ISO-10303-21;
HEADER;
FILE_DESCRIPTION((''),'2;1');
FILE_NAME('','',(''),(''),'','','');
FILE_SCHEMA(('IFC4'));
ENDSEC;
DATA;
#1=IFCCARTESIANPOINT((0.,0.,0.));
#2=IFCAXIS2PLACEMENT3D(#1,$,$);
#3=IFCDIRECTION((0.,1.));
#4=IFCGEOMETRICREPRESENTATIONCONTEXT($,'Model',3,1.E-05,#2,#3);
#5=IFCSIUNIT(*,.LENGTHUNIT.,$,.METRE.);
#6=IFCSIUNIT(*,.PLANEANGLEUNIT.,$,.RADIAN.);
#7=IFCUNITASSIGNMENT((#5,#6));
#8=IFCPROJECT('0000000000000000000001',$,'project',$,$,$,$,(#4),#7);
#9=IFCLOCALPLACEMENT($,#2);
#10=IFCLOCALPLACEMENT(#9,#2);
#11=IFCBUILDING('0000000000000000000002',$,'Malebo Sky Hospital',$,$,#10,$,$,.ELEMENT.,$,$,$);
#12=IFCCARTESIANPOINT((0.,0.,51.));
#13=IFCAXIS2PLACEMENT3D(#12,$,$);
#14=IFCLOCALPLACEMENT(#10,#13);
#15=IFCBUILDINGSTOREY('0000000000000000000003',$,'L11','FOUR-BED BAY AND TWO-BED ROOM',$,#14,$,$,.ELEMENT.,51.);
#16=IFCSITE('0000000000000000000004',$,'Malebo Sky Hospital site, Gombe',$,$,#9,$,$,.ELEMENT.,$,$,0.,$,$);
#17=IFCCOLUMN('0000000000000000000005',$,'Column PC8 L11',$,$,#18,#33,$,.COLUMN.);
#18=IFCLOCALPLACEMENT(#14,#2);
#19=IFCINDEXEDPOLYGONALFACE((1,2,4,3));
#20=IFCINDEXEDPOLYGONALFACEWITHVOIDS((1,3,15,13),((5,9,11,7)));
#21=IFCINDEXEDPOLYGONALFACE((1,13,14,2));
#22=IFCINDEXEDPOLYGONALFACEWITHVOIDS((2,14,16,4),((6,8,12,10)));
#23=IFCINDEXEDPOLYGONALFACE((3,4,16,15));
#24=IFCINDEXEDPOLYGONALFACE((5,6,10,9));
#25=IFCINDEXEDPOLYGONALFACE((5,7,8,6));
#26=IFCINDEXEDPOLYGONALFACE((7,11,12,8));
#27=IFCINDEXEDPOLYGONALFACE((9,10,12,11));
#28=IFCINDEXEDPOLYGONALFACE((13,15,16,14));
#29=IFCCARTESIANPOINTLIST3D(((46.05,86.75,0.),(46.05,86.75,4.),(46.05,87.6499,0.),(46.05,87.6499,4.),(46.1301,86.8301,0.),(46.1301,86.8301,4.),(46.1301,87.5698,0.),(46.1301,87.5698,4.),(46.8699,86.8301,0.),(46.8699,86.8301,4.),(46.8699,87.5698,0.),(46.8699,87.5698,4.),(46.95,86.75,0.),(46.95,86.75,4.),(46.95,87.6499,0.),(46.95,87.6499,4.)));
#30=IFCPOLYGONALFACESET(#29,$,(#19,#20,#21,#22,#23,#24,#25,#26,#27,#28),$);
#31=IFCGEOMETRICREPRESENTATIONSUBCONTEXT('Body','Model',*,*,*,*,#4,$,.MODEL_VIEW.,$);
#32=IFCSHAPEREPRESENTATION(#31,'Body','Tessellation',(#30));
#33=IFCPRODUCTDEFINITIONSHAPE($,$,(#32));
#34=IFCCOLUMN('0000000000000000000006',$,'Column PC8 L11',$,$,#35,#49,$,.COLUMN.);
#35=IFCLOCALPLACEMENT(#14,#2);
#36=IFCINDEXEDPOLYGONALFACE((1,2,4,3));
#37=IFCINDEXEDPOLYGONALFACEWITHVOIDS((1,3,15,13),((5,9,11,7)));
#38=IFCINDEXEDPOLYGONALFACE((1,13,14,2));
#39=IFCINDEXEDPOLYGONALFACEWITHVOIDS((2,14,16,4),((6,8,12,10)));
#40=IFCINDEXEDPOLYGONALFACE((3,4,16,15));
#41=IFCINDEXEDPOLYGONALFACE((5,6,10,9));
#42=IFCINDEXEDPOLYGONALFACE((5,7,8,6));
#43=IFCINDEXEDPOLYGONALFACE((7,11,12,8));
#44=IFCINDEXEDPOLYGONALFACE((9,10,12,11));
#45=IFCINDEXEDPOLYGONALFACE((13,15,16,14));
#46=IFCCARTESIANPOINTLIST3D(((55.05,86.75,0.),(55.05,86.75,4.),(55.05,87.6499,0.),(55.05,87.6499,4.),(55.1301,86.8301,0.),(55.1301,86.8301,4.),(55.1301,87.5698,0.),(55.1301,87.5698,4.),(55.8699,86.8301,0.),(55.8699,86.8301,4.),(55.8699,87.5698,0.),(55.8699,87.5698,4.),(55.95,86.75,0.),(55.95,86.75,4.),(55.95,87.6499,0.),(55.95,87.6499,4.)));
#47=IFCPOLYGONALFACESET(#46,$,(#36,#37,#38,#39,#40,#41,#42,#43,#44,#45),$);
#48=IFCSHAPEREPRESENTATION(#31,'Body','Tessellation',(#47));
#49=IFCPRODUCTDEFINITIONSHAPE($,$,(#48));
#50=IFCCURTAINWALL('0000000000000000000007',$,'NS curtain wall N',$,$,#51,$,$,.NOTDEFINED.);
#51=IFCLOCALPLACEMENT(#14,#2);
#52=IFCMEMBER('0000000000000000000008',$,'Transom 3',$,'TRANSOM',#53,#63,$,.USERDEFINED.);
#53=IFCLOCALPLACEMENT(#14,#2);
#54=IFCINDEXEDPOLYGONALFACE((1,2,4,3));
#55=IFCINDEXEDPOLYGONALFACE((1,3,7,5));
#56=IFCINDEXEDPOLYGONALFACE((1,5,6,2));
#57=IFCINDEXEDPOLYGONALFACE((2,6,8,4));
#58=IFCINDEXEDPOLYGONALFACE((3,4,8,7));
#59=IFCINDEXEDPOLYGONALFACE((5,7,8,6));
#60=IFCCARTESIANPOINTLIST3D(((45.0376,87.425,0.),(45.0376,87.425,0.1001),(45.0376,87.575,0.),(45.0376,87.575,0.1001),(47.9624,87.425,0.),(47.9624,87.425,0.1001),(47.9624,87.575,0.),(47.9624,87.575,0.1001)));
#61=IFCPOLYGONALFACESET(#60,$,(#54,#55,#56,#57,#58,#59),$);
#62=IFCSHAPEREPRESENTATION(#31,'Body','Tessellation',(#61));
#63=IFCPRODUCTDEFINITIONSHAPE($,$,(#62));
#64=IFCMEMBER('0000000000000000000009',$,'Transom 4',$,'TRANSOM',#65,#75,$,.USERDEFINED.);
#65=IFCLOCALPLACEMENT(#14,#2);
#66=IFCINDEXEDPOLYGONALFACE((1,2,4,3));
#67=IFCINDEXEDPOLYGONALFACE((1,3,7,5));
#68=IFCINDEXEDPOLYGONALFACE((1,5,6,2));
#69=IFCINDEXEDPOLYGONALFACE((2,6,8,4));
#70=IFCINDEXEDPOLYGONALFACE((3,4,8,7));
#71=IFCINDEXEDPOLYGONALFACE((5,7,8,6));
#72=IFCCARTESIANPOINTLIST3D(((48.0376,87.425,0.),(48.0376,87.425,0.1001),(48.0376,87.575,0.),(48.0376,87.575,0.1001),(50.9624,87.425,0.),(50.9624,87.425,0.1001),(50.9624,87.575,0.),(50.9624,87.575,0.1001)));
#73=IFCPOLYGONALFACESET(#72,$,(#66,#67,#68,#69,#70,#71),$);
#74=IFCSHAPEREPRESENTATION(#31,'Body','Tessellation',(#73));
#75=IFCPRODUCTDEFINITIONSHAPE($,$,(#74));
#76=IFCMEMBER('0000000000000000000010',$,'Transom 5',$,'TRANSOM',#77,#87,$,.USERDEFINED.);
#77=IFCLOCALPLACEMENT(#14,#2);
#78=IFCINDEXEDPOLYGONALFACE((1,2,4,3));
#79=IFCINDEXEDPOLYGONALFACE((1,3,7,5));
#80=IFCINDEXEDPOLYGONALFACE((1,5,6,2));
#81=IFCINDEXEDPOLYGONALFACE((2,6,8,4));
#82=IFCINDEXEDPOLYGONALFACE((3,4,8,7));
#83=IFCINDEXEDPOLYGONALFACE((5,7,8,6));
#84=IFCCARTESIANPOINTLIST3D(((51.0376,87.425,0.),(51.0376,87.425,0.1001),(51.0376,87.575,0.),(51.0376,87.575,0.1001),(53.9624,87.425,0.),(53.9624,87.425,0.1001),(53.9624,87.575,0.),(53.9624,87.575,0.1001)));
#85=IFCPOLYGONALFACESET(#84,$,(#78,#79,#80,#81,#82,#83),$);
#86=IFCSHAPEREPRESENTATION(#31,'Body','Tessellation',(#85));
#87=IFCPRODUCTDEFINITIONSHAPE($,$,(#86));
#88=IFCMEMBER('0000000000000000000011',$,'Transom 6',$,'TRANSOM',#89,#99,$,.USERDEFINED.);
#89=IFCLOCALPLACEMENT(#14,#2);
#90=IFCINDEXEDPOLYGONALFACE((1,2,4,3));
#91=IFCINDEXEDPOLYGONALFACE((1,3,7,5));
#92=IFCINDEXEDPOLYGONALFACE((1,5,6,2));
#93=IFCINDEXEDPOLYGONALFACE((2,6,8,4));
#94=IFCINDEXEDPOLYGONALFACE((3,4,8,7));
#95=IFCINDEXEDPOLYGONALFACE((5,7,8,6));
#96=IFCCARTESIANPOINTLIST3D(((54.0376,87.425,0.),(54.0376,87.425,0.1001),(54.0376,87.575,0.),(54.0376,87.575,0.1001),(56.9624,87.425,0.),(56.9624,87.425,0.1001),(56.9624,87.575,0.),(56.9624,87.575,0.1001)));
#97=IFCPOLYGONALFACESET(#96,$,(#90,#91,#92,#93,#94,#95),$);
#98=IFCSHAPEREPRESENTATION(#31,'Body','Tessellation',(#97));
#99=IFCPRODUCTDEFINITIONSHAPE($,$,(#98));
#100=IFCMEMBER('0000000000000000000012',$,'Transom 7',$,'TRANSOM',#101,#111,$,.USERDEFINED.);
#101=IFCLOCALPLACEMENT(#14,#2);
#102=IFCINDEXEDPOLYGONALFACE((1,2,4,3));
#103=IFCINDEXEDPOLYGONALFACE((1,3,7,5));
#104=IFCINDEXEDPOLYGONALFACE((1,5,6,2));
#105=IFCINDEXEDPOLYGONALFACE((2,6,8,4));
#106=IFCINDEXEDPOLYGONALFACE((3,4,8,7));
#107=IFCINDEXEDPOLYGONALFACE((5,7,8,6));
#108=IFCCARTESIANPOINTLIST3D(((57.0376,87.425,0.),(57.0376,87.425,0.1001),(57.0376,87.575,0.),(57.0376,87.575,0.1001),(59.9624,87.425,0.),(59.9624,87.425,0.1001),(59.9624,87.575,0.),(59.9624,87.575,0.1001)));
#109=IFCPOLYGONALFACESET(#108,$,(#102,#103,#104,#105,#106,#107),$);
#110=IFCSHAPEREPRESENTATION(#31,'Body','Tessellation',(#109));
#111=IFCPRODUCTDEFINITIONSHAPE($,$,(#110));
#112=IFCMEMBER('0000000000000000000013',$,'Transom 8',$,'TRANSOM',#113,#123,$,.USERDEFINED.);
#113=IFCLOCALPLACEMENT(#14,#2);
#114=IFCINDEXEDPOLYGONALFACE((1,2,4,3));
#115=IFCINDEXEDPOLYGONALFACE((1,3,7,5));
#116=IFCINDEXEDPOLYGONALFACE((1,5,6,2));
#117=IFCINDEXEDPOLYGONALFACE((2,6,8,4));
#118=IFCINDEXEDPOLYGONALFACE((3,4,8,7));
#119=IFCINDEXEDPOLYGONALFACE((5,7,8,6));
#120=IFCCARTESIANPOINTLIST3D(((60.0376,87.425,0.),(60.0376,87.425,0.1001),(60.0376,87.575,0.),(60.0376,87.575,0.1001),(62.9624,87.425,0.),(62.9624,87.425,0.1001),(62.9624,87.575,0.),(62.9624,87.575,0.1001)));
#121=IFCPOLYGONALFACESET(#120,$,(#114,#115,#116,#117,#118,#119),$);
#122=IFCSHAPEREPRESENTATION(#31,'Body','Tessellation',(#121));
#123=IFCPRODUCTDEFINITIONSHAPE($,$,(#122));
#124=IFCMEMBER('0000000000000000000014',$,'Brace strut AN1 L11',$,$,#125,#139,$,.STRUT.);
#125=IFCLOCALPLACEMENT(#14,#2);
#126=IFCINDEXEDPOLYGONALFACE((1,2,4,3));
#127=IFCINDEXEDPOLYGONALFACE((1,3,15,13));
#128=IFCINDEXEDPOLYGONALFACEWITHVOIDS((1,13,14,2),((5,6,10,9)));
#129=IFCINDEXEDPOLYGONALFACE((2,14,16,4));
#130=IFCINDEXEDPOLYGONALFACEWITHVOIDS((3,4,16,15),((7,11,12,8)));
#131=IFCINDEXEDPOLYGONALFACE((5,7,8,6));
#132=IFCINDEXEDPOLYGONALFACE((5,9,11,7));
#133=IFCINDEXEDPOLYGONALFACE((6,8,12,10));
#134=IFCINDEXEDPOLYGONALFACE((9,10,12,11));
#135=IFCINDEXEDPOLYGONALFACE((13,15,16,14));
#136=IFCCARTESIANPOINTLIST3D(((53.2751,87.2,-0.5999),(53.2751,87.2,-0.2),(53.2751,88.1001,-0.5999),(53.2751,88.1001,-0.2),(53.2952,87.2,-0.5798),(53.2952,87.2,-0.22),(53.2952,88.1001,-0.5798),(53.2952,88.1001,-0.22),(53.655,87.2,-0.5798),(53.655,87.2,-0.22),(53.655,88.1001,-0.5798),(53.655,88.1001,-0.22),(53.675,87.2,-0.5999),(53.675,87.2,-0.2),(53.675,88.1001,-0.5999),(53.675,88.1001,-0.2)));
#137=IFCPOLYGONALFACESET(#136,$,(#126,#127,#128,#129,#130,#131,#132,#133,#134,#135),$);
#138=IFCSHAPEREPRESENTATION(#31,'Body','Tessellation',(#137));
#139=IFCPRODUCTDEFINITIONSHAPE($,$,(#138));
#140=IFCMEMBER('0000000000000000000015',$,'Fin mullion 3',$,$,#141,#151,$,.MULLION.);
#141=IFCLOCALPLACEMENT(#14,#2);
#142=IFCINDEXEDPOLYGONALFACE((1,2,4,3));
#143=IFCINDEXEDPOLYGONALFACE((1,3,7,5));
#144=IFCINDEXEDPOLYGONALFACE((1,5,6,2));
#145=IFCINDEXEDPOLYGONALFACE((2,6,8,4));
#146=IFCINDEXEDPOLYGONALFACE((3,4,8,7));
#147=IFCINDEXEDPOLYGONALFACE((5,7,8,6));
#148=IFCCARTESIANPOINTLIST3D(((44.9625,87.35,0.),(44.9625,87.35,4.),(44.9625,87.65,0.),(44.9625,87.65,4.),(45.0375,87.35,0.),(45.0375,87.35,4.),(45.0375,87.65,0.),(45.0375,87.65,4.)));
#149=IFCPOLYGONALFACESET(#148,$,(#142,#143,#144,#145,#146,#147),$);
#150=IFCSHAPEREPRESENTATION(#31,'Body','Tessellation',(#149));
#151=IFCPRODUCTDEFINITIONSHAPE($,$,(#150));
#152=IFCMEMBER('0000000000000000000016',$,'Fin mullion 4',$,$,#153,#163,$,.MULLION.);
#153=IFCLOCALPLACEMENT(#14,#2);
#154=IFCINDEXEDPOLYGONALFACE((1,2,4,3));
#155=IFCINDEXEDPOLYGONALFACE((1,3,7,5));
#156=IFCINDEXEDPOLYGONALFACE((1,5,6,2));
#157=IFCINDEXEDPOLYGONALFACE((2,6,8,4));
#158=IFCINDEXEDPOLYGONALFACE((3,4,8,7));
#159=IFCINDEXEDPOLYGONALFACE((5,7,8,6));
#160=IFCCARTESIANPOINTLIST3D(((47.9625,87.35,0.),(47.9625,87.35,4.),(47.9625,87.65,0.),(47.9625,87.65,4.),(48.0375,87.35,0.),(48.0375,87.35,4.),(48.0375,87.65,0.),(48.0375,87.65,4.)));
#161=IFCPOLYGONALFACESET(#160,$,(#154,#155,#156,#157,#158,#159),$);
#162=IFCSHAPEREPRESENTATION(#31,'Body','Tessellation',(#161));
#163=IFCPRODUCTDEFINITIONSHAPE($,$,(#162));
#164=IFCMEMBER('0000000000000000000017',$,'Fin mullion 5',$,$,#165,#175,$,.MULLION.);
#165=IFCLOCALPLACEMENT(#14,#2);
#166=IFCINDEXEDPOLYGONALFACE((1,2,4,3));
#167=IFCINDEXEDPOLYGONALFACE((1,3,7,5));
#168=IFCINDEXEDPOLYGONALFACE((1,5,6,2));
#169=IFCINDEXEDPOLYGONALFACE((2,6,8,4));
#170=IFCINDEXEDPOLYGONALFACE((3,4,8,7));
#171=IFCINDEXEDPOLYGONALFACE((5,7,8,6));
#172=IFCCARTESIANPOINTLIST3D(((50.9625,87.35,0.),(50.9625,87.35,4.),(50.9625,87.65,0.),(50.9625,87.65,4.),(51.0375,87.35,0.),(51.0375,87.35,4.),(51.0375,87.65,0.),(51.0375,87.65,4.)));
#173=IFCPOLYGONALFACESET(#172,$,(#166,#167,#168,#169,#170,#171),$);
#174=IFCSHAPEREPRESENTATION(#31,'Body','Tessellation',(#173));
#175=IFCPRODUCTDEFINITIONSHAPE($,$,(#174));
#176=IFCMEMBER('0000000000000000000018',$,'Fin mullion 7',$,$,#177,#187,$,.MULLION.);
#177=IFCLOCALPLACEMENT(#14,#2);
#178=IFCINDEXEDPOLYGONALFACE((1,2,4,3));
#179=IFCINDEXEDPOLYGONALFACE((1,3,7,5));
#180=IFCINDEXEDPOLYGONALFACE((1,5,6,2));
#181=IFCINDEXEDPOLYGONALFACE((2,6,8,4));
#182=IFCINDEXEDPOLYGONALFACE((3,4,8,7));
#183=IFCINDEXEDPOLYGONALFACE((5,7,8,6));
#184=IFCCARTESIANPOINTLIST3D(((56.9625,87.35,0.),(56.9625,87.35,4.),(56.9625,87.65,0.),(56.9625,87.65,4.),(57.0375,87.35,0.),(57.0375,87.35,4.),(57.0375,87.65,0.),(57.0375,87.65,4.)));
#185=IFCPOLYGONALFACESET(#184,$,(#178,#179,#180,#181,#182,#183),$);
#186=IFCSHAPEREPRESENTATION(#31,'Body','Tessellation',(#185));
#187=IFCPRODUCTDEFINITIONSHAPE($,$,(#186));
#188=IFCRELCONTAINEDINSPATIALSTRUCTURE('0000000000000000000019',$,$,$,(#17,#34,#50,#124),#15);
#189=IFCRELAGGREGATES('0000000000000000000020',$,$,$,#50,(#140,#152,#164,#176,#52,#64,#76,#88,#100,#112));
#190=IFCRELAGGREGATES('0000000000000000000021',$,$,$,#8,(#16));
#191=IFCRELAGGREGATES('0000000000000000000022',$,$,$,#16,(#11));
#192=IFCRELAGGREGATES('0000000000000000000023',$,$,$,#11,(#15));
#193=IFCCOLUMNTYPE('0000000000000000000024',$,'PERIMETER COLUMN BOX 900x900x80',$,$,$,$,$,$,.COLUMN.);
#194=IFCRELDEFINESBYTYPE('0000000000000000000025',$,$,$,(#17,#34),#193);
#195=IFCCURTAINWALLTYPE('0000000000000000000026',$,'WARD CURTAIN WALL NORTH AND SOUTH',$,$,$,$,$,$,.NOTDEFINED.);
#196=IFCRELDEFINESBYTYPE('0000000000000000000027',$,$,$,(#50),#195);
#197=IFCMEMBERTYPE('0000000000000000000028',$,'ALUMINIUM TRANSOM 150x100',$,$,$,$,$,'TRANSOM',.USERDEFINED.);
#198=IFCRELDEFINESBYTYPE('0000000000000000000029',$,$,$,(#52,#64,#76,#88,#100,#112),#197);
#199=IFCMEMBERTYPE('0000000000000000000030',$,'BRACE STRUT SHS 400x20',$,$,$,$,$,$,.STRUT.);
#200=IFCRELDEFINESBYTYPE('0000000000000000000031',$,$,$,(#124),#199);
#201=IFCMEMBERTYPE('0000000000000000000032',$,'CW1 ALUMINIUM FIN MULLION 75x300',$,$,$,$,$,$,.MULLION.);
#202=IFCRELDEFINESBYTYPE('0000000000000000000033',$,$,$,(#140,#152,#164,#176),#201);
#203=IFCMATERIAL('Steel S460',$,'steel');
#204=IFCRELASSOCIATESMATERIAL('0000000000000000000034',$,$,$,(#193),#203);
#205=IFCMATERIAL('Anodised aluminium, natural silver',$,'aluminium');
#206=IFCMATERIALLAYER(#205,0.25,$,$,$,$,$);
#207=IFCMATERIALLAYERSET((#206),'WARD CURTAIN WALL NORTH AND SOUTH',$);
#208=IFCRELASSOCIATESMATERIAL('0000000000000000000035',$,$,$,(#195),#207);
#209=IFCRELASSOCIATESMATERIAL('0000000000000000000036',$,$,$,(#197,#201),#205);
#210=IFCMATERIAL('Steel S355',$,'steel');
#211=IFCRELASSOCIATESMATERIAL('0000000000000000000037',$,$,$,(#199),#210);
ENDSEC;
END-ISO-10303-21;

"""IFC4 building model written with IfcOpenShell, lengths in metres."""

from ifc_helpers import new_model, si_unit, direction, frame, origin, origin_2d, place, context, subcontext, project, spatial, rectangle, hollow_rectangle, extrude, material, layer, layer_set, material_profile, profile_set, type_object, element, aggregate, save


model = new_model("IFC4")

# Units and contexts
model_context = context("Model", 3, precision=1e-05, world=origin(), true_north=direction((0.0, 1.0)))
body_context = subcontext(model_context, "Body", "Model", "MODEL_VIEW")
ifc_project = project(units=[si_unit("LENGTHUNIT", "METRE"), si_unit("PLANEANGLEUNIT", "RADIAN")], contexts=[model_context])

# Site, building, storey
site_placement = place(None, origin())
site = spatial("IfcSite", under=ifc_project, at=site_placement, Name="Malebo Sky Hospital site, Gombe", CompositionType="ELEMENT", RefElevation=0.0)
building_placement = place(site_placement, origin())
building = spatial("IfcBuilding", under=site, at=building_placement, Name="Malebo Sky Hospital", CompositionType="ELEMENT")
storey_placement = place(building_placement, frame((0.0, 0.0, 51.0)))
storey = spatial("IfcBuildingStorey", under=building, at=storey_placement, Name="L11", Description="FOUR-BED BAY AND TWO-BED ROOM", CompositionType="ELEMENT", Elevation=51.0)

# Columns
ifc_material_1 = material(Name="Steel S460", Category="steel")
ifc_material_profile_1 = material_profile(ifc_material_1, hollow_rectangle(XDim=0.8999, YDim=0.8999, WallThickness=0.0801, at=origin_2d()), Name="BOX 900x900x80")
ifc_profile_set_1 = profile_set([ifc_material_profile_1], Name="Steel S460")
column_type = type_object("IfcColumnType", Name="PERIMETER COLUMN BOX 900x900x80", PredefinedType="COLUMN", material=ifc_profile_set_1)
for number, where, z_axis, x_axis, name in (
    (1, (46.5, 87.2, 0.0), (0.0, 0.0, 1.0), (1.0, 0.0, 0.0), "Column PC8 L11"),
    (2, (55.5, 87.2, 0.0), (0.0, 0.0, 1.0), (1.0, 0.0, 0.0), "Column PC8 L11"),
):
    element("IfcColumn", number, at=place(storey_placement, frame(where, z_axis=z_axis, x_axis=x_axis)), inside=storey, type_object=column_type, Name=name, PredefinedType="COLUMN", context=body_context, shape_type="SweptSolid", body=[
        extrude(hollow_rectangle(XDim=0.8999, YDim=0.8999, WallThickness=0.0801, at=origin_2d()), origin(), (0.0, 0.0, 1.0), 4.0),
    ])

# Curtain wall, members
ifc_material_2 = material(Name="Anodised aluminium, natural silver", Category="aluminium")
ifc_layer_1 = layer(ifc_material_2, 0.25)
ifc_layer_set_1 = layer_set([ifc_layer_1], Name="WARD CURTAIN WALL NORTH AND SOUTH")
curtain_wall_type = type_object("IfcCurtainWallType", Name="WARD CURTAIN WALL NORTH AND SOUTH", PredefinedType="NOTDEFINED", material=ifc_layer_set_1)
curtain_wall_placement = place(storey_placement, origin())
curtain_wall = element("IfcCurtainWall", 3, at=curtain_wall_placement, inside=storey, type_object=curtain_wall_type, Name="NS curtain wall N", PredefinedType="NOTDEFINED")
ifc_material_profile_2 = material_profile(ifc_material_2, rectangle(XDim=0.1499, YDim=0.1001, at=origin_2d()), Name="ALUMINIUM TRANSOM 150x100")
ifc_profile_set_2 = profile_set([ifc_material_profile_2], Name="Anodised aluminium, natural silver")
member_type_1 = type_object("IfcMemberType", Name="ALUMINIUM TRANSOM 150x100", ElementType="TRANSOM", PredefinedType="USERDEFINED", material=ifc_profile_set_2)
member_1_placement = place(storey_placement, frame((45.0376, 87.5, 0.05), z_axis=(1.0, 0.0, 0.0), x_axis=(0.0, 1.0, 0.0)))
member_1 = element("IfcMember", 4, at=member_1_placement, type_object=member_type_1, Name="Transom 3", ObjectType="TRANSOM", PredefinedType="USERDEFINED", context=body_context, shape_type="SweptSolid", body=[
    extrude(rectangle(XDim=0.1499, YDim=0.1001, at=origin_2d()), origin(), (0.0, 0.0, 1.0), 2.9248),
])
member_2_placement = place(storey_placement, frame((48.0376, 87.5, 0.05), z_axis=(1.0, 0.0, 0.0), x_axis=(0.0, 1.0, 0.0)))
member_2 = element("IfcMember", 5, at=member_2_placement, type_object=member_type_1, Name="Transom 4", ObjectType="TRANSOM", PredefinedType="USERDEFINED", context=body_context, shape_type="SweptSolid", body=[
    extrude(rectangle(XDim=0.1499, YDim=0.1001, at=origin_2d()), origin(), (0.0, 0.0, 1.0), 2.9248),
])
member_3_placement = place(storey_placement, frame((51.0376, 87.5, 0.05), z_axis=(1.0, 0.0, 0.0), x_axis=(0.0, 1.0, 0.0)))
member_3 = element("IfcMember", 6, at=member_3_placement, type_object=member_type_1, Name="Transom 5", ObjectType="TRANSOM", PredefinedType="USERDEFINED", context=body_context, shape_type="SweptSolid", body=[
    extrude(rectangle(XDim=0.1499, YDim=0.1001, at=origin_2d()), origin(), (0.0, 0.0, 1.0), 2.9248),
])
member_4_placement = place(storey_placement, frame((54.0376, 87.5, 0.05), z_axis=(1.0, 0.0, 0.0), x_axis=(0.0, 1.0, 0.0)))
member_4 = element("IfcMember", 7, at=member_4_placement, type_object=member_type_1, Name="Transom 6", ObjectType="TRANSOM", PredefinedType="USERDEFINED", context=body_context, shape_type="SweptSolid", body=[
    extrude(rectangle(XDim=0.1499, YDim=0.1001, at=origin_2d()), origin(), (0.0, 0.0, 1.0), 2.9248),
])
member_5_placement = place(storey_placement, frame((57.0376, 87.5, 0.05), z_axis=(1.0, 0.0, 0.0), x_axis=(0.0, 1.0, 0.0)))
member_5 = element("IfcMember", 8, at=member_5_placement, type_object=member_type_1, Name="Transom 7", ObjectType="TRANSOM", PredefinedType="USERDEFINED", context=body_context, shape_type="SweptSolid", body=[
    extrude(rectangle(XDim=0.1499, YDim=0.1001, at=origin_2d()), origin(), (0.0, 0.0, 1.0), 2.9248),
])
member_6_placement = place(storey_placement, frame((60.0376, 87.5, 0.05), z_axis=(1.0, 0.0, 0.0), x_axis=(0.0, 1.0, 0.0)))
member_6 = element("IfcMember", 9, at=member_6_placement, type_object=member_type_1, Name="Transom 8", ObjectType="TRANSOM", PredefinedType="USERDEFINED", context=body_context, shape_type="SweptSolid", body=[
    extrude(rectangle(XDim=0.1499, YDim=0.1001, at=origin_2d()), origin(), (0.0, 0.0, 1.0), 2.9248),
])

# Members
ifc_material_3 = material(Name="Steel S355", Category="steel")
ifc_material_profile_3 = material_profile(ifc_material_3, hollow_rectangle(XDim=0.3999, YDim=0.3999, WallThickness=0.02, at=origin_2d()), Name="SHS 400x20")
ifc_profile_set_3 = profile_set([ifc_material_profile_3], Name="Steel S355")
member_type_2 = type_object("IfcMemberType", Name="BRACE STRUT SHS 400x20", PredefinedType="STRUT", material=ifc_profile_set_3)
member_7_placement = place(storey_placement, frame((53.4751, 88.1001, -0.3999), z_axis=(0.0, -1.0, 0.0), x_axis=(1.0, 0.0, 0.0)))
element("IfcMember", 10, at=member_7_placement, inside=storey, type_object=member_type_2, Name="Brace strut AN1 L11", PredefinedType="STRUT", context=body_context, shape_type="SweptSolid", body=[
    extrude(hollow_rectangle(XDim=0.3999, YDim=0.3999, WallThickness=0.02, at=origin_2d()), origin(), (0.0, 0.0, 1.0), 0.9001),
])
ifc_material_profile_4 = material_profile(ifc_material_2, rectangle(XDim=0.075, YDim=0.3, at=origin_2d()), Name="CW1 ALUMINIUM FIN MULLION 75x300")
ifc_profile_set_4 = profile_set([ifc_material_profile_4], Name="Anodised aluminium, natural silver")
member_type_3 = type_object("IfcMemberType", Name="CW1 ALUMINIUM FIN MULLION 75x300", PredefinedType="MULLION", material=ifc_profile_set_4)
member_8_placement = place(storey_placement, frame((45.0, 87.5, 0.0), z_axis=(0.0, 0.0, 1.0), x_axis=(1.0, 0.0, 0.0)))
member_8 = element("IfcMember", 11, at=member_8_placement, type_object=member_type_3, Name="Fin mullion 3", PredefinedType="MULLION", context=body_context, shape_type="SweptSolid", body=[
    extrude(rectangle(XDim=0.075, YDim=0.3, at=origin_2d()), origin(), (0.0, 0.0, 1.0), 4.0),
])
member_9_placement = place(storey_placement, frame((48.0, 87.5, 0.0), z_axis=(0.0, 0.0, 1.0), x_axis=(1.0, 0.0, 0.0)))
member_9 = element("IfcMember", 12, at=member_9_placement, type_object=member_type_3, Name="Fin mullion 4", PredefinedType="MULLION", context=body_context, shape_type="SweptSolid", body=[
    extrude(rectangle(XDim=0.075, YDim=0.3, at=origin_2d()), origin(), (0.0, 0.0, 1.0), 4.0),
])
member_10_placement = place(storey_placement, frame((51.0, 87.5, 0.0), z_axis=(0.0, 0.0, 1.0), x_axis=(1.0, 0.0, 0.0)))
member_10 = element("IfcMember", 13, at=member_10_placement, type_object=member_type_3, Name="Fin mullion 5", PredefinedType="MULLION", context=body_context, shape_type="SweptSolid", body=[
    extrude(rectangle(XDim=0.075, YDim=0.3, at=origin_2d()), origin(), (0.0, 0.0, 1.0), 4.0),
])
member_11_placement = place(storey_placement, frame((57.0, 87.5, 0.0), z_axis=(0.0, 0.0, 1.0), x_axis=(1.0, 0.0, 0.0)))
member_11 = element("IfcMember", 14, at=member_11_placement, type_object=member_type_3, Name="Fin mullion 7", PredefinedType="MULLION", context=body_context, shape_type="SweptSolid", body=[
    extrude(rectangle(XDim=0.075, YDim=0.3, at=origin_2d()), origin(), (0.0, 0.0, 1.0), 4.0),
])

aggregate(curtain_wall, [member_8, member_9, member_10, member_11, member_1, member_2, member_3, member_4, member_5, member_6])

save(model, "model.ifc")
